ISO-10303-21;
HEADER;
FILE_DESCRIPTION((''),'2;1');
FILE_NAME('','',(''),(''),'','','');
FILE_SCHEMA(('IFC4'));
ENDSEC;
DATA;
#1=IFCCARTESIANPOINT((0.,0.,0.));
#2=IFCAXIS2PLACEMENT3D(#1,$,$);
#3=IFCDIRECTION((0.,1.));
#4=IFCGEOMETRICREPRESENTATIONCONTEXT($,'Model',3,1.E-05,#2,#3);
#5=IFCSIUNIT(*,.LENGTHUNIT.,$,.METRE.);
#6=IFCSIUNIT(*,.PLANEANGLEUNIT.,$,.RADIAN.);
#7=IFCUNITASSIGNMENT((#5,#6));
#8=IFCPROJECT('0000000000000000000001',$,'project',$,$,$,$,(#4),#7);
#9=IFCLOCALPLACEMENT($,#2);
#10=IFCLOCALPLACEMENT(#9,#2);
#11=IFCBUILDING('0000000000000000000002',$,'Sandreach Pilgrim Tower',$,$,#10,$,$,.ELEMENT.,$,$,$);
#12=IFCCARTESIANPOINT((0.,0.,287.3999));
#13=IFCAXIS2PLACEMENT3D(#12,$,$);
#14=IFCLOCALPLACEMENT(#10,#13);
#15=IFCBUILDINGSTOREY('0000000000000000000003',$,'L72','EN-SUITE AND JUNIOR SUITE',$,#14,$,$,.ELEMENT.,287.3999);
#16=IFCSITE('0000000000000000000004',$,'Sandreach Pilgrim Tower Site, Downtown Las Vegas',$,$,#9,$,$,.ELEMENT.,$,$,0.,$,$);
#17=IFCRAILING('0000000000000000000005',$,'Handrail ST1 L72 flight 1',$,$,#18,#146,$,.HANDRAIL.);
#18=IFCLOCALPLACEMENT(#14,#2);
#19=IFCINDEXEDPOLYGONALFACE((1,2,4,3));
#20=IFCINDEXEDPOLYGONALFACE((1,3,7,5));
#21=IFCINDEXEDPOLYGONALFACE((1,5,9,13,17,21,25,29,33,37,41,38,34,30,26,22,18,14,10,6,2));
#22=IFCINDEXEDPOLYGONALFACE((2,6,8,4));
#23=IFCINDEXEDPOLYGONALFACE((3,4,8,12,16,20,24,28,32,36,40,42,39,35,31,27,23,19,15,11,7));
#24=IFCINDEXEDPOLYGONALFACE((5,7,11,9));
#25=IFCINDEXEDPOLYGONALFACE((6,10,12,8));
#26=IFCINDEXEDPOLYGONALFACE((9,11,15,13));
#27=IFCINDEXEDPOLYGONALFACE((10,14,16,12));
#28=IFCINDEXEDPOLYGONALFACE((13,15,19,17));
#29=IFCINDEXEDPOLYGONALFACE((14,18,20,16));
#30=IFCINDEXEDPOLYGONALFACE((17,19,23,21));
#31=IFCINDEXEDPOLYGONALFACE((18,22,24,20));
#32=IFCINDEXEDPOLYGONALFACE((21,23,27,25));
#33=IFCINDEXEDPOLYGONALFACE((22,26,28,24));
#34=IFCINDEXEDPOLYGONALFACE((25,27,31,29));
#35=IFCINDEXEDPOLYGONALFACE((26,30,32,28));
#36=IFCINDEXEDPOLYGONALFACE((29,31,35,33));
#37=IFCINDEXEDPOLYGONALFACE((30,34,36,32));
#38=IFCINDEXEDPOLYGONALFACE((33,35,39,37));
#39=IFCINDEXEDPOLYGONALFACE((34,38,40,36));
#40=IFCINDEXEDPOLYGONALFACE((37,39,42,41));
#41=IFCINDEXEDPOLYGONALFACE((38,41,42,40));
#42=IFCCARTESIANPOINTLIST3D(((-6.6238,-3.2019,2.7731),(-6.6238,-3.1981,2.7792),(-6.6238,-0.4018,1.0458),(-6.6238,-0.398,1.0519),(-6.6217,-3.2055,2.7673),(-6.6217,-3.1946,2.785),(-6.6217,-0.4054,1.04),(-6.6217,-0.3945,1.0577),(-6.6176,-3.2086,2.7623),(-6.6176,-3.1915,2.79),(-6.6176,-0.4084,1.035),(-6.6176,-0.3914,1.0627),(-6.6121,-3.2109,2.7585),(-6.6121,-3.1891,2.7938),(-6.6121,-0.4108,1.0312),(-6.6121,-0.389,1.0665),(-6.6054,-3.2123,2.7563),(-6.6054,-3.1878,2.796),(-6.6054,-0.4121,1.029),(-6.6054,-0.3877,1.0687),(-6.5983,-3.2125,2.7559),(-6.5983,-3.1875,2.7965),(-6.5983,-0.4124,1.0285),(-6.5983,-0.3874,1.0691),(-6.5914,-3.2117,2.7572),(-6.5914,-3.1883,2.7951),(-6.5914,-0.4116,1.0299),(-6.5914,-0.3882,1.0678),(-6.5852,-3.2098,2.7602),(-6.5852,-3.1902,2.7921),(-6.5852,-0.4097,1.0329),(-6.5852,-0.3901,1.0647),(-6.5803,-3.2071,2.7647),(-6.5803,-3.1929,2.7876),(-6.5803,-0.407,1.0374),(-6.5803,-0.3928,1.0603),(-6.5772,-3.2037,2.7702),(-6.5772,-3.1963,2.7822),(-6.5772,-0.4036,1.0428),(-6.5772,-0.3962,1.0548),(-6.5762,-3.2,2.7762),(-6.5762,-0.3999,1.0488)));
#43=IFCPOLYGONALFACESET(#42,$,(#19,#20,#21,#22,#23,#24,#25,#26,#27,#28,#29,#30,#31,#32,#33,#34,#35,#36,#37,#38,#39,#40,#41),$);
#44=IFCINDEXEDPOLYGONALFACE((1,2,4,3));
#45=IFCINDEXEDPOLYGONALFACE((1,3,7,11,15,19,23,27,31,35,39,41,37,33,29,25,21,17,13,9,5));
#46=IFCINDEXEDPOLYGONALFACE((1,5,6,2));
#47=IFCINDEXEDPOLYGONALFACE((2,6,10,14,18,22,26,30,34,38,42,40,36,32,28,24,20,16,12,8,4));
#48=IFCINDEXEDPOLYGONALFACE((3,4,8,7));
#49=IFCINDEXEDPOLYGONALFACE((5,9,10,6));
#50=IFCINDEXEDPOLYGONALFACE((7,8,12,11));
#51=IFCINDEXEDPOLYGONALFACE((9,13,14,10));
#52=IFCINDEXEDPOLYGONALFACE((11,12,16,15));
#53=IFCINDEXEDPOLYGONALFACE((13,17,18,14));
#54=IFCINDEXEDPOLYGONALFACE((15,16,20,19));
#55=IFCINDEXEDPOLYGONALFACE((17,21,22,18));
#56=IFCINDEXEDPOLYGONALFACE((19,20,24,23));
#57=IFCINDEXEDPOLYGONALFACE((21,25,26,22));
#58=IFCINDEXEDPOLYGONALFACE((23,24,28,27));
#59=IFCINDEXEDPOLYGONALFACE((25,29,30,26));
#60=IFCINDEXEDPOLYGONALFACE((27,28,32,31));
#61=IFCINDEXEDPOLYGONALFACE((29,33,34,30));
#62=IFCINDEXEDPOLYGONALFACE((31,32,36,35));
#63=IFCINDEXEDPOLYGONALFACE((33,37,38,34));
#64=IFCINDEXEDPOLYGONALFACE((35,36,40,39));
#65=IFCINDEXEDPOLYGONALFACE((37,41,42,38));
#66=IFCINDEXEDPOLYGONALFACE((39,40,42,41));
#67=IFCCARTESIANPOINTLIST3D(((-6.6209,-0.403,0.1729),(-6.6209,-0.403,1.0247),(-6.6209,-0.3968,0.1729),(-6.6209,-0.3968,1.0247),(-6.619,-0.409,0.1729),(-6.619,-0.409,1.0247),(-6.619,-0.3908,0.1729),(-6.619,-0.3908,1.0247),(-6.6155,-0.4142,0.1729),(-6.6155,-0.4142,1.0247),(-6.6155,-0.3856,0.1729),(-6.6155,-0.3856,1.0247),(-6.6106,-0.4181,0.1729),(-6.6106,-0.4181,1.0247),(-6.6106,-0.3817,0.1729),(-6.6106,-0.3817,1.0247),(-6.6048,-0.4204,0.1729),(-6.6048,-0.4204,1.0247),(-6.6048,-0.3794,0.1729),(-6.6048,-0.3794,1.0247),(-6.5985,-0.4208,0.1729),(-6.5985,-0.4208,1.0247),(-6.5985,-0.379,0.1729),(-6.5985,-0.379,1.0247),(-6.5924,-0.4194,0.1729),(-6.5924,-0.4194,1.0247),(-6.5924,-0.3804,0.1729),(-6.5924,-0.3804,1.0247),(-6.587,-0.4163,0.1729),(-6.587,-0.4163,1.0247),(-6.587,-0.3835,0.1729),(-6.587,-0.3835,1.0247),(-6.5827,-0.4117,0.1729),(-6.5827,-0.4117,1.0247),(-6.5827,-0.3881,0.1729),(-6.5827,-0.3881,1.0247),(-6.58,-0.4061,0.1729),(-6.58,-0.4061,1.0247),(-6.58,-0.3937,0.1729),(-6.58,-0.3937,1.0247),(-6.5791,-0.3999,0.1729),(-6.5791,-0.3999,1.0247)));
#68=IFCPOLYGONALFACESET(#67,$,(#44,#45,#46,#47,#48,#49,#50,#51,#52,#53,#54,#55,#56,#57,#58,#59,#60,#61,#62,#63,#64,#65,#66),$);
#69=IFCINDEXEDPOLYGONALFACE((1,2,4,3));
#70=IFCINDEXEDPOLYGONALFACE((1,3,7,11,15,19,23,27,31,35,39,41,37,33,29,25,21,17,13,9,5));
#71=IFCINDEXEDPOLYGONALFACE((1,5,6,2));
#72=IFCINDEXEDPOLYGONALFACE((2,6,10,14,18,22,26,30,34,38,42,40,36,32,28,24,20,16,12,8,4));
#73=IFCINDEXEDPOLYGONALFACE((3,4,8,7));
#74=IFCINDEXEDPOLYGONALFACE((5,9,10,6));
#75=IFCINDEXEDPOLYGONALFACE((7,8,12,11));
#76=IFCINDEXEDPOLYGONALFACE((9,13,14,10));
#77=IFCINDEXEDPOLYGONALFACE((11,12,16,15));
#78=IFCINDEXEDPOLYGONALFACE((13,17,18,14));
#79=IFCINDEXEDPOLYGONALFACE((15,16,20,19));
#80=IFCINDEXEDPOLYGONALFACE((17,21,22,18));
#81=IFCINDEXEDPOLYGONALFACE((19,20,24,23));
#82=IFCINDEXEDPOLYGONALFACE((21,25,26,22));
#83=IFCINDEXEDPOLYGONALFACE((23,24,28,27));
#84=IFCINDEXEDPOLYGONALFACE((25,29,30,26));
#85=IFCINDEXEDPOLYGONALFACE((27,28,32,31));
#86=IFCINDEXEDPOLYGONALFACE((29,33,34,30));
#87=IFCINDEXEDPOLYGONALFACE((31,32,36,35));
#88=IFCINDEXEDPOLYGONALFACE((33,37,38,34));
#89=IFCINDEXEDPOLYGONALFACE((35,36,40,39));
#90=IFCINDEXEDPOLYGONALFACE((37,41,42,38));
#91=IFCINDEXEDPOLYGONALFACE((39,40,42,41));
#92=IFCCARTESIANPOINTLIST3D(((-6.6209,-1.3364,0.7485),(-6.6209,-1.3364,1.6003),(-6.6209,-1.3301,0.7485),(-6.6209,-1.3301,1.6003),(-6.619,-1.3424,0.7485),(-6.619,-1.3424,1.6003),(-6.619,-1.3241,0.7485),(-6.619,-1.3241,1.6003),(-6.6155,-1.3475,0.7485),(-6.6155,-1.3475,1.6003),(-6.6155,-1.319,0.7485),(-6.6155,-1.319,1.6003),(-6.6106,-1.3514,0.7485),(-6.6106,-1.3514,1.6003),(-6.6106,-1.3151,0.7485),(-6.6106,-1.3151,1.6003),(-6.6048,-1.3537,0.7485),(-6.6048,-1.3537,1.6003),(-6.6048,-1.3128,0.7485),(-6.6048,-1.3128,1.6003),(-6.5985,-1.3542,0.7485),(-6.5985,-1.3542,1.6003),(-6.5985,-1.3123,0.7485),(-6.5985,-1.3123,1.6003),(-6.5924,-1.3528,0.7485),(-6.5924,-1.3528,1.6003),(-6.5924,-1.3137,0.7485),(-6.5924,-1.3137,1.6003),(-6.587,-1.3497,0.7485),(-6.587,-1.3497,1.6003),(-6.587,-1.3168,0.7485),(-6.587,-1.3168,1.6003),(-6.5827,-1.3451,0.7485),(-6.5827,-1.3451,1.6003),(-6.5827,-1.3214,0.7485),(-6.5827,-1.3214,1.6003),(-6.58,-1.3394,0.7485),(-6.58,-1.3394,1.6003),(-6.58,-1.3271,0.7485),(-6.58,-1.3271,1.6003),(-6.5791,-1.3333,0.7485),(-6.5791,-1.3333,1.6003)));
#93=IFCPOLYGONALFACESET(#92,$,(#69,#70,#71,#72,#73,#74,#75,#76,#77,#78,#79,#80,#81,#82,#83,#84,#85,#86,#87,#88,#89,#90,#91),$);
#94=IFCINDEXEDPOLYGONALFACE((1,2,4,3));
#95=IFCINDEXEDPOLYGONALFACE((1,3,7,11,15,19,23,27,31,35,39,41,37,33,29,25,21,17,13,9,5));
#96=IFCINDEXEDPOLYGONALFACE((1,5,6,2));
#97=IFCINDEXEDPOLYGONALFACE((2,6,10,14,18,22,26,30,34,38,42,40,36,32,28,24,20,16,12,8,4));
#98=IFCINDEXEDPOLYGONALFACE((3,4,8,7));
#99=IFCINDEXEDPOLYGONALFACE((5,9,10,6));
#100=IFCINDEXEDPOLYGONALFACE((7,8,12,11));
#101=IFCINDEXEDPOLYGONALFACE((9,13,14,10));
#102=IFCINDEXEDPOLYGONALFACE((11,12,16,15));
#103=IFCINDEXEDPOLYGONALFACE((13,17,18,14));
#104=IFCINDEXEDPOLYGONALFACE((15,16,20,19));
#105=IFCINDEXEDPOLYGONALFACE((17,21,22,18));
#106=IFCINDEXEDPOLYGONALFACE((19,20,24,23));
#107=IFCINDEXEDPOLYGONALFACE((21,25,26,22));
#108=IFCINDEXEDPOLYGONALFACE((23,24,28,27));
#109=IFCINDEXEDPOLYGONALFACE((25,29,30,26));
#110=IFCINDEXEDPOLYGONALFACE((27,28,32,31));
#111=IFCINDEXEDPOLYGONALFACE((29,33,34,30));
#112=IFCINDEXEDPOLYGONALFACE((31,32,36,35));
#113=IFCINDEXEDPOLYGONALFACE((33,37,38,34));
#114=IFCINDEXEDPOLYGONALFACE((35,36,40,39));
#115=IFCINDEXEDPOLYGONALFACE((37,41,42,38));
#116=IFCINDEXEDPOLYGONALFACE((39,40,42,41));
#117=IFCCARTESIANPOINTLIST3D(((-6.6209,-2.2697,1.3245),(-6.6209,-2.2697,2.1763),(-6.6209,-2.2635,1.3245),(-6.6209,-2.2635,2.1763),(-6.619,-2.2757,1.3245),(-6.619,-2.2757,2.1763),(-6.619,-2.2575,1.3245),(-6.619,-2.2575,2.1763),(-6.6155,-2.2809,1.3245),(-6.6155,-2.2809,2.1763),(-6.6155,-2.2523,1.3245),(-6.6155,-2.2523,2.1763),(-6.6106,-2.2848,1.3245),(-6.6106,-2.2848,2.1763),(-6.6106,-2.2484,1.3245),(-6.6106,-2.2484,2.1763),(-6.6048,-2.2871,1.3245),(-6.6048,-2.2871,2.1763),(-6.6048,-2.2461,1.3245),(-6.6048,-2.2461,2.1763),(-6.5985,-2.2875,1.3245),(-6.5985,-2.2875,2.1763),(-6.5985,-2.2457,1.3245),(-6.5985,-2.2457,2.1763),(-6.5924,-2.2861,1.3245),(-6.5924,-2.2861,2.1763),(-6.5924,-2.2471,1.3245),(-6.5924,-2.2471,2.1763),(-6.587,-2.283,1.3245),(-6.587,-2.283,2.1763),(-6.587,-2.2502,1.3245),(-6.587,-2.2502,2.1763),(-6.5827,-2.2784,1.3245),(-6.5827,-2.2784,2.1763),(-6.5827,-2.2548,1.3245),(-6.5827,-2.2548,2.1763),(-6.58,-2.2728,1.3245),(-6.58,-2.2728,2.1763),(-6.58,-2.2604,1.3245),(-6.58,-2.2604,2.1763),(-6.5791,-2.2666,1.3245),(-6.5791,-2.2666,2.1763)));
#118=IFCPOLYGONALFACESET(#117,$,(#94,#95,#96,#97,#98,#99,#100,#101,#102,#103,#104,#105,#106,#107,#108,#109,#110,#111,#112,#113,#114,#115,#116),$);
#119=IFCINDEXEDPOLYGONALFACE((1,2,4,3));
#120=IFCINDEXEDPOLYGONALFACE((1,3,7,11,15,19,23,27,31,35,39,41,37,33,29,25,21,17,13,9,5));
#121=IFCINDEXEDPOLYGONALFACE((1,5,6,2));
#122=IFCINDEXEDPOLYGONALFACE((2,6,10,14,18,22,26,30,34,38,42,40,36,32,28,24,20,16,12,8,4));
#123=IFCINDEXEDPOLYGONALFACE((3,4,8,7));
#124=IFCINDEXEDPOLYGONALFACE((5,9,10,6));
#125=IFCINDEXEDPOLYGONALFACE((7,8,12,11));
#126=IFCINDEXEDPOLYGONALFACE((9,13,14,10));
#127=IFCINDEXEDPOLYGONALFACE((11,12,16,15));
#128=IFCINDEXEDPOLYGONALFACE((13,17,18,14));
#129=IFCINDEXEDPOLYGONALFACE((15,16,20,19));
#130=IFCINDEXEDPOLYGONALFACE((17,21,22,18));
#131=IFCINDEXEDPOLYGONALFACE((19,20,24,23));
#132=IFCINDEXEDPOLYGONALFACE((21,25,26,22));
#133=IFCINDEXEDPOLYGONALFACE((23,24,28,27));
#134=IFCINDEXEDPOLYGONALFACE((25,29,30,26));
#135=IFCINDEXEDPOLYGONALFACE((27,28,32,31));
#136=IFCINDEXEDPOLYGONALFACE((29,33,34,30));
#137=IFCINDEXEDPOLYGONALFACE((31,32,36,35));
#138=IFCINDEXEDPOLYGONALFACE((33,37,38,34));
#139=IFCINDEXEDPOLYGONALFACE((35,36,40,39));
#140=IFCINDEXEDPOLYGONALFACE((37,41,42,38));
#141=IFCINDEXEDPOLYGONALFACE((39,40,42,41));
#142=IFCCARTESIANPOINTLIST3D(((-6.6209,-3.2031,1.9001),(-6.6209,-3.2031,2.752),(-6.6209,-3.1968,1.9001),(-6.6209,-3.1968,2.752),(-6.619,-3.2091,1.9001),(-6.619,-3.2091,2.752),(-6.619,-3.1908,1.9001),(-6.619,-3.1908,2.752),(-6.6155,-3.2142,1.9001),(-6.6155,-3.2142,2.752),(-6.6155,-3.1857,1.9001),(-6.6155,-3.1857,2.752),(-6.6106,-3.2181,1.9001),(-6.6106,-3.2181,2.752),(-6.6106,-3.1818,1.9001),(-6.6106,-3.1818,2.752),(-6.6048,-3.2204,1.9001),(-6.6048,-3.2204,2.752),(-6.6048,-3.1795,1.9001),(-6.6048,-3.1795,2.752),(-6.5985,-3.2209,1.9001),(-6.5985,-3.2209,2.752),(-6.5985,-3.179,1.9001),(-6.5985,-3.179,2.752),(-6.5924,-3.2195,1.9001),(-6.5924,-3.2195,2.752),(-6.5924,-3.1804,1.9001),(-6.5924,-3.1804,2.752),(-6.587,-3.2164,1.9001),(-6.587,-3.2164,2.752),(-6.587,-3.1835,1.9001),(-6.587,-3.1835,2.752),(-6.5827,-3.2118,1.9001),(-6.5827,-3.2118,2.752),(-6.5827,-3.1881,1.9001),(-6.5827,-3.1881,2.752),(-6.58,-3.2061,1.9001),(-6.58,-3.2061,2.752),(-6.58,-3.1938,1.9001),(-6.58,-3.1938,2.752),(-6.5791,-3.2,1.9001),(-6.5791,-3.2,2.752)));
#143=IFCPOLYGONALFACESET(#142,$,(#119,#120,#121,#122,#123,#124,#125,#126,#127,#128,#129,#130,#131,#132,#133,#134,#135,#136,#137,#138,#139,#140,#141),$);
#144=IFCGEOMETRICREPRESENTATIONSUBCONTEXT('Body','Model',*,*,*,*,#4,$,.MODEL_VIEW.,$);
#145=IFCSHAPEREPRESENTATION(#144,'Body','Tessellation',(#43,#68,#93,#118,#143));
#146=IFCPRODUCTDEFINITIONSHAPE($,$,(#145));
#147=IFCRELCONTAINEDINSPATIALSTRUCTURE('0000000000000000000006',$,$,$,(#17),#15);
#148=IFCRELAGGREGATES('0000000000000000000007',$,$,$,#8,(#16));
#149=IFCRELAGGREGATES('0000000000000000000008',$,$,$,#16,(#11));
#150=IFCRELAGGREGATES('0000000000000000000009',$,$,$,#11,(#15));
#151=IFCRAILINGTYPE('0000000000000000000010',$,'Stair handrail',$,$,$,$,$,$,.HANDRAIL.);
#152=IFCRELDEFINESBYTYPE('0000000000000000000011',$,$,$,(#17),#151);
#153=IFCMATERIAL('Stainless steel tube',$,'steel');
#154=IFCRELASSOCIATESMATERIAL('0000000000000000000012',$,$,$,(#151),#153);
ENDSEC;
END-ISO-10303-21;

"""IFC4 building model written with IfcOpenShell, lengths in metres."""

from ifc_helpers import new_model, si_unit, direction, frame, origin, origin_2d, place, context, subcontext, project, spatial, circle, extrude, material, type_object, element, save


model = new_model("IFC4")

# Units and contexts
model_context = context("Model", 3, precision=1e-05, world=origin(), true_north=direction((0.0, 1.0)))
body_context = subcontext(model_context, "Body", "Model", "MODEL_VIEW")
ifc_project = project(units=[si_unit("LENGTHUNIT", "METRE"), si_unit("PLANEANGLEUNIT", "RADIAN")], contexts=[model_context])

# Site, building, storey
site_placement = place(None, origin())
site = spatial("IfcSite", under=ifc_project, at=site_placement, Name="Sandreach Pilgrim Tower Site, Downtown Las Vegas", CompositionType="ELEMENT", RefElevation=0.0)
building_placement = place(site_placement, origin())
building = spatial("IfcBuilding", under=site, at=building_placement, Name="Sandreach Pilgrim Tower", CompositionType="ELEMENT")
storey_placement = place(building_placement, frame((0.0, 0.0, 287.3999)))
storey = spatial("IfcBuildingStorey", under=building, at=storey_placement, Name="L72", Description="EN-SUITE AND JUNIOR SUITE", CompositionType="ELEMENT", Elevation=287.3999)

# Railing
ifc_material_1 = material(Name="Stainless steel tube", Category="steel")
railing_type = type_object("IfcRailingType", Name="Stair handrail", PredefinedType="HANDRAIL", material=ifc_material_1)
for number, where, name in (
    (1, (-6.6001, -0.3999, 0.1729), "Handrail ST1 L72 flight 1"),
):
    element("IfcRailing", number, at=place(storey_placement, frame(where)), inside=storey, type_object=railing_type, Name=name, PredefinedType="HANDRAIL", context=body_context, shape_type="SweptSolid", body=[
        extrude(circle(Radius=0.0239, at=origin_2d()), frame((0.0, 0.0, 0.876), z_axis=(0.0, -0.85109, 0.52502), x_axis=(1.0, 0.0, 0.0)), (0.0, 0.0, 1.0), 3.29),
        extrude(circle(Radius=0.021, at=origin_2d()), origin(), (0.0, 0.0, 1.0), 0.8518),
        extrude(circle(Radius=0.021, at=origin_2d()), frame((0.0, -0.9333, 0.5757)), (0.0, 0.0, 1.0), 0.8518),
        extrude(circle(Radius=0.021, at=origin_2d()), frame((0.0, -1.8667, 1.1516)), (0.0, 0.0, 1.0), 0.8518),
        extrude(circle(Radius=0.021, at=origin_2d()), frame((0.0, -2.8, 1.7273)), (0.0, 0.0, 1.0), 0.8518),
    ])

save(model, "model.ifc")
